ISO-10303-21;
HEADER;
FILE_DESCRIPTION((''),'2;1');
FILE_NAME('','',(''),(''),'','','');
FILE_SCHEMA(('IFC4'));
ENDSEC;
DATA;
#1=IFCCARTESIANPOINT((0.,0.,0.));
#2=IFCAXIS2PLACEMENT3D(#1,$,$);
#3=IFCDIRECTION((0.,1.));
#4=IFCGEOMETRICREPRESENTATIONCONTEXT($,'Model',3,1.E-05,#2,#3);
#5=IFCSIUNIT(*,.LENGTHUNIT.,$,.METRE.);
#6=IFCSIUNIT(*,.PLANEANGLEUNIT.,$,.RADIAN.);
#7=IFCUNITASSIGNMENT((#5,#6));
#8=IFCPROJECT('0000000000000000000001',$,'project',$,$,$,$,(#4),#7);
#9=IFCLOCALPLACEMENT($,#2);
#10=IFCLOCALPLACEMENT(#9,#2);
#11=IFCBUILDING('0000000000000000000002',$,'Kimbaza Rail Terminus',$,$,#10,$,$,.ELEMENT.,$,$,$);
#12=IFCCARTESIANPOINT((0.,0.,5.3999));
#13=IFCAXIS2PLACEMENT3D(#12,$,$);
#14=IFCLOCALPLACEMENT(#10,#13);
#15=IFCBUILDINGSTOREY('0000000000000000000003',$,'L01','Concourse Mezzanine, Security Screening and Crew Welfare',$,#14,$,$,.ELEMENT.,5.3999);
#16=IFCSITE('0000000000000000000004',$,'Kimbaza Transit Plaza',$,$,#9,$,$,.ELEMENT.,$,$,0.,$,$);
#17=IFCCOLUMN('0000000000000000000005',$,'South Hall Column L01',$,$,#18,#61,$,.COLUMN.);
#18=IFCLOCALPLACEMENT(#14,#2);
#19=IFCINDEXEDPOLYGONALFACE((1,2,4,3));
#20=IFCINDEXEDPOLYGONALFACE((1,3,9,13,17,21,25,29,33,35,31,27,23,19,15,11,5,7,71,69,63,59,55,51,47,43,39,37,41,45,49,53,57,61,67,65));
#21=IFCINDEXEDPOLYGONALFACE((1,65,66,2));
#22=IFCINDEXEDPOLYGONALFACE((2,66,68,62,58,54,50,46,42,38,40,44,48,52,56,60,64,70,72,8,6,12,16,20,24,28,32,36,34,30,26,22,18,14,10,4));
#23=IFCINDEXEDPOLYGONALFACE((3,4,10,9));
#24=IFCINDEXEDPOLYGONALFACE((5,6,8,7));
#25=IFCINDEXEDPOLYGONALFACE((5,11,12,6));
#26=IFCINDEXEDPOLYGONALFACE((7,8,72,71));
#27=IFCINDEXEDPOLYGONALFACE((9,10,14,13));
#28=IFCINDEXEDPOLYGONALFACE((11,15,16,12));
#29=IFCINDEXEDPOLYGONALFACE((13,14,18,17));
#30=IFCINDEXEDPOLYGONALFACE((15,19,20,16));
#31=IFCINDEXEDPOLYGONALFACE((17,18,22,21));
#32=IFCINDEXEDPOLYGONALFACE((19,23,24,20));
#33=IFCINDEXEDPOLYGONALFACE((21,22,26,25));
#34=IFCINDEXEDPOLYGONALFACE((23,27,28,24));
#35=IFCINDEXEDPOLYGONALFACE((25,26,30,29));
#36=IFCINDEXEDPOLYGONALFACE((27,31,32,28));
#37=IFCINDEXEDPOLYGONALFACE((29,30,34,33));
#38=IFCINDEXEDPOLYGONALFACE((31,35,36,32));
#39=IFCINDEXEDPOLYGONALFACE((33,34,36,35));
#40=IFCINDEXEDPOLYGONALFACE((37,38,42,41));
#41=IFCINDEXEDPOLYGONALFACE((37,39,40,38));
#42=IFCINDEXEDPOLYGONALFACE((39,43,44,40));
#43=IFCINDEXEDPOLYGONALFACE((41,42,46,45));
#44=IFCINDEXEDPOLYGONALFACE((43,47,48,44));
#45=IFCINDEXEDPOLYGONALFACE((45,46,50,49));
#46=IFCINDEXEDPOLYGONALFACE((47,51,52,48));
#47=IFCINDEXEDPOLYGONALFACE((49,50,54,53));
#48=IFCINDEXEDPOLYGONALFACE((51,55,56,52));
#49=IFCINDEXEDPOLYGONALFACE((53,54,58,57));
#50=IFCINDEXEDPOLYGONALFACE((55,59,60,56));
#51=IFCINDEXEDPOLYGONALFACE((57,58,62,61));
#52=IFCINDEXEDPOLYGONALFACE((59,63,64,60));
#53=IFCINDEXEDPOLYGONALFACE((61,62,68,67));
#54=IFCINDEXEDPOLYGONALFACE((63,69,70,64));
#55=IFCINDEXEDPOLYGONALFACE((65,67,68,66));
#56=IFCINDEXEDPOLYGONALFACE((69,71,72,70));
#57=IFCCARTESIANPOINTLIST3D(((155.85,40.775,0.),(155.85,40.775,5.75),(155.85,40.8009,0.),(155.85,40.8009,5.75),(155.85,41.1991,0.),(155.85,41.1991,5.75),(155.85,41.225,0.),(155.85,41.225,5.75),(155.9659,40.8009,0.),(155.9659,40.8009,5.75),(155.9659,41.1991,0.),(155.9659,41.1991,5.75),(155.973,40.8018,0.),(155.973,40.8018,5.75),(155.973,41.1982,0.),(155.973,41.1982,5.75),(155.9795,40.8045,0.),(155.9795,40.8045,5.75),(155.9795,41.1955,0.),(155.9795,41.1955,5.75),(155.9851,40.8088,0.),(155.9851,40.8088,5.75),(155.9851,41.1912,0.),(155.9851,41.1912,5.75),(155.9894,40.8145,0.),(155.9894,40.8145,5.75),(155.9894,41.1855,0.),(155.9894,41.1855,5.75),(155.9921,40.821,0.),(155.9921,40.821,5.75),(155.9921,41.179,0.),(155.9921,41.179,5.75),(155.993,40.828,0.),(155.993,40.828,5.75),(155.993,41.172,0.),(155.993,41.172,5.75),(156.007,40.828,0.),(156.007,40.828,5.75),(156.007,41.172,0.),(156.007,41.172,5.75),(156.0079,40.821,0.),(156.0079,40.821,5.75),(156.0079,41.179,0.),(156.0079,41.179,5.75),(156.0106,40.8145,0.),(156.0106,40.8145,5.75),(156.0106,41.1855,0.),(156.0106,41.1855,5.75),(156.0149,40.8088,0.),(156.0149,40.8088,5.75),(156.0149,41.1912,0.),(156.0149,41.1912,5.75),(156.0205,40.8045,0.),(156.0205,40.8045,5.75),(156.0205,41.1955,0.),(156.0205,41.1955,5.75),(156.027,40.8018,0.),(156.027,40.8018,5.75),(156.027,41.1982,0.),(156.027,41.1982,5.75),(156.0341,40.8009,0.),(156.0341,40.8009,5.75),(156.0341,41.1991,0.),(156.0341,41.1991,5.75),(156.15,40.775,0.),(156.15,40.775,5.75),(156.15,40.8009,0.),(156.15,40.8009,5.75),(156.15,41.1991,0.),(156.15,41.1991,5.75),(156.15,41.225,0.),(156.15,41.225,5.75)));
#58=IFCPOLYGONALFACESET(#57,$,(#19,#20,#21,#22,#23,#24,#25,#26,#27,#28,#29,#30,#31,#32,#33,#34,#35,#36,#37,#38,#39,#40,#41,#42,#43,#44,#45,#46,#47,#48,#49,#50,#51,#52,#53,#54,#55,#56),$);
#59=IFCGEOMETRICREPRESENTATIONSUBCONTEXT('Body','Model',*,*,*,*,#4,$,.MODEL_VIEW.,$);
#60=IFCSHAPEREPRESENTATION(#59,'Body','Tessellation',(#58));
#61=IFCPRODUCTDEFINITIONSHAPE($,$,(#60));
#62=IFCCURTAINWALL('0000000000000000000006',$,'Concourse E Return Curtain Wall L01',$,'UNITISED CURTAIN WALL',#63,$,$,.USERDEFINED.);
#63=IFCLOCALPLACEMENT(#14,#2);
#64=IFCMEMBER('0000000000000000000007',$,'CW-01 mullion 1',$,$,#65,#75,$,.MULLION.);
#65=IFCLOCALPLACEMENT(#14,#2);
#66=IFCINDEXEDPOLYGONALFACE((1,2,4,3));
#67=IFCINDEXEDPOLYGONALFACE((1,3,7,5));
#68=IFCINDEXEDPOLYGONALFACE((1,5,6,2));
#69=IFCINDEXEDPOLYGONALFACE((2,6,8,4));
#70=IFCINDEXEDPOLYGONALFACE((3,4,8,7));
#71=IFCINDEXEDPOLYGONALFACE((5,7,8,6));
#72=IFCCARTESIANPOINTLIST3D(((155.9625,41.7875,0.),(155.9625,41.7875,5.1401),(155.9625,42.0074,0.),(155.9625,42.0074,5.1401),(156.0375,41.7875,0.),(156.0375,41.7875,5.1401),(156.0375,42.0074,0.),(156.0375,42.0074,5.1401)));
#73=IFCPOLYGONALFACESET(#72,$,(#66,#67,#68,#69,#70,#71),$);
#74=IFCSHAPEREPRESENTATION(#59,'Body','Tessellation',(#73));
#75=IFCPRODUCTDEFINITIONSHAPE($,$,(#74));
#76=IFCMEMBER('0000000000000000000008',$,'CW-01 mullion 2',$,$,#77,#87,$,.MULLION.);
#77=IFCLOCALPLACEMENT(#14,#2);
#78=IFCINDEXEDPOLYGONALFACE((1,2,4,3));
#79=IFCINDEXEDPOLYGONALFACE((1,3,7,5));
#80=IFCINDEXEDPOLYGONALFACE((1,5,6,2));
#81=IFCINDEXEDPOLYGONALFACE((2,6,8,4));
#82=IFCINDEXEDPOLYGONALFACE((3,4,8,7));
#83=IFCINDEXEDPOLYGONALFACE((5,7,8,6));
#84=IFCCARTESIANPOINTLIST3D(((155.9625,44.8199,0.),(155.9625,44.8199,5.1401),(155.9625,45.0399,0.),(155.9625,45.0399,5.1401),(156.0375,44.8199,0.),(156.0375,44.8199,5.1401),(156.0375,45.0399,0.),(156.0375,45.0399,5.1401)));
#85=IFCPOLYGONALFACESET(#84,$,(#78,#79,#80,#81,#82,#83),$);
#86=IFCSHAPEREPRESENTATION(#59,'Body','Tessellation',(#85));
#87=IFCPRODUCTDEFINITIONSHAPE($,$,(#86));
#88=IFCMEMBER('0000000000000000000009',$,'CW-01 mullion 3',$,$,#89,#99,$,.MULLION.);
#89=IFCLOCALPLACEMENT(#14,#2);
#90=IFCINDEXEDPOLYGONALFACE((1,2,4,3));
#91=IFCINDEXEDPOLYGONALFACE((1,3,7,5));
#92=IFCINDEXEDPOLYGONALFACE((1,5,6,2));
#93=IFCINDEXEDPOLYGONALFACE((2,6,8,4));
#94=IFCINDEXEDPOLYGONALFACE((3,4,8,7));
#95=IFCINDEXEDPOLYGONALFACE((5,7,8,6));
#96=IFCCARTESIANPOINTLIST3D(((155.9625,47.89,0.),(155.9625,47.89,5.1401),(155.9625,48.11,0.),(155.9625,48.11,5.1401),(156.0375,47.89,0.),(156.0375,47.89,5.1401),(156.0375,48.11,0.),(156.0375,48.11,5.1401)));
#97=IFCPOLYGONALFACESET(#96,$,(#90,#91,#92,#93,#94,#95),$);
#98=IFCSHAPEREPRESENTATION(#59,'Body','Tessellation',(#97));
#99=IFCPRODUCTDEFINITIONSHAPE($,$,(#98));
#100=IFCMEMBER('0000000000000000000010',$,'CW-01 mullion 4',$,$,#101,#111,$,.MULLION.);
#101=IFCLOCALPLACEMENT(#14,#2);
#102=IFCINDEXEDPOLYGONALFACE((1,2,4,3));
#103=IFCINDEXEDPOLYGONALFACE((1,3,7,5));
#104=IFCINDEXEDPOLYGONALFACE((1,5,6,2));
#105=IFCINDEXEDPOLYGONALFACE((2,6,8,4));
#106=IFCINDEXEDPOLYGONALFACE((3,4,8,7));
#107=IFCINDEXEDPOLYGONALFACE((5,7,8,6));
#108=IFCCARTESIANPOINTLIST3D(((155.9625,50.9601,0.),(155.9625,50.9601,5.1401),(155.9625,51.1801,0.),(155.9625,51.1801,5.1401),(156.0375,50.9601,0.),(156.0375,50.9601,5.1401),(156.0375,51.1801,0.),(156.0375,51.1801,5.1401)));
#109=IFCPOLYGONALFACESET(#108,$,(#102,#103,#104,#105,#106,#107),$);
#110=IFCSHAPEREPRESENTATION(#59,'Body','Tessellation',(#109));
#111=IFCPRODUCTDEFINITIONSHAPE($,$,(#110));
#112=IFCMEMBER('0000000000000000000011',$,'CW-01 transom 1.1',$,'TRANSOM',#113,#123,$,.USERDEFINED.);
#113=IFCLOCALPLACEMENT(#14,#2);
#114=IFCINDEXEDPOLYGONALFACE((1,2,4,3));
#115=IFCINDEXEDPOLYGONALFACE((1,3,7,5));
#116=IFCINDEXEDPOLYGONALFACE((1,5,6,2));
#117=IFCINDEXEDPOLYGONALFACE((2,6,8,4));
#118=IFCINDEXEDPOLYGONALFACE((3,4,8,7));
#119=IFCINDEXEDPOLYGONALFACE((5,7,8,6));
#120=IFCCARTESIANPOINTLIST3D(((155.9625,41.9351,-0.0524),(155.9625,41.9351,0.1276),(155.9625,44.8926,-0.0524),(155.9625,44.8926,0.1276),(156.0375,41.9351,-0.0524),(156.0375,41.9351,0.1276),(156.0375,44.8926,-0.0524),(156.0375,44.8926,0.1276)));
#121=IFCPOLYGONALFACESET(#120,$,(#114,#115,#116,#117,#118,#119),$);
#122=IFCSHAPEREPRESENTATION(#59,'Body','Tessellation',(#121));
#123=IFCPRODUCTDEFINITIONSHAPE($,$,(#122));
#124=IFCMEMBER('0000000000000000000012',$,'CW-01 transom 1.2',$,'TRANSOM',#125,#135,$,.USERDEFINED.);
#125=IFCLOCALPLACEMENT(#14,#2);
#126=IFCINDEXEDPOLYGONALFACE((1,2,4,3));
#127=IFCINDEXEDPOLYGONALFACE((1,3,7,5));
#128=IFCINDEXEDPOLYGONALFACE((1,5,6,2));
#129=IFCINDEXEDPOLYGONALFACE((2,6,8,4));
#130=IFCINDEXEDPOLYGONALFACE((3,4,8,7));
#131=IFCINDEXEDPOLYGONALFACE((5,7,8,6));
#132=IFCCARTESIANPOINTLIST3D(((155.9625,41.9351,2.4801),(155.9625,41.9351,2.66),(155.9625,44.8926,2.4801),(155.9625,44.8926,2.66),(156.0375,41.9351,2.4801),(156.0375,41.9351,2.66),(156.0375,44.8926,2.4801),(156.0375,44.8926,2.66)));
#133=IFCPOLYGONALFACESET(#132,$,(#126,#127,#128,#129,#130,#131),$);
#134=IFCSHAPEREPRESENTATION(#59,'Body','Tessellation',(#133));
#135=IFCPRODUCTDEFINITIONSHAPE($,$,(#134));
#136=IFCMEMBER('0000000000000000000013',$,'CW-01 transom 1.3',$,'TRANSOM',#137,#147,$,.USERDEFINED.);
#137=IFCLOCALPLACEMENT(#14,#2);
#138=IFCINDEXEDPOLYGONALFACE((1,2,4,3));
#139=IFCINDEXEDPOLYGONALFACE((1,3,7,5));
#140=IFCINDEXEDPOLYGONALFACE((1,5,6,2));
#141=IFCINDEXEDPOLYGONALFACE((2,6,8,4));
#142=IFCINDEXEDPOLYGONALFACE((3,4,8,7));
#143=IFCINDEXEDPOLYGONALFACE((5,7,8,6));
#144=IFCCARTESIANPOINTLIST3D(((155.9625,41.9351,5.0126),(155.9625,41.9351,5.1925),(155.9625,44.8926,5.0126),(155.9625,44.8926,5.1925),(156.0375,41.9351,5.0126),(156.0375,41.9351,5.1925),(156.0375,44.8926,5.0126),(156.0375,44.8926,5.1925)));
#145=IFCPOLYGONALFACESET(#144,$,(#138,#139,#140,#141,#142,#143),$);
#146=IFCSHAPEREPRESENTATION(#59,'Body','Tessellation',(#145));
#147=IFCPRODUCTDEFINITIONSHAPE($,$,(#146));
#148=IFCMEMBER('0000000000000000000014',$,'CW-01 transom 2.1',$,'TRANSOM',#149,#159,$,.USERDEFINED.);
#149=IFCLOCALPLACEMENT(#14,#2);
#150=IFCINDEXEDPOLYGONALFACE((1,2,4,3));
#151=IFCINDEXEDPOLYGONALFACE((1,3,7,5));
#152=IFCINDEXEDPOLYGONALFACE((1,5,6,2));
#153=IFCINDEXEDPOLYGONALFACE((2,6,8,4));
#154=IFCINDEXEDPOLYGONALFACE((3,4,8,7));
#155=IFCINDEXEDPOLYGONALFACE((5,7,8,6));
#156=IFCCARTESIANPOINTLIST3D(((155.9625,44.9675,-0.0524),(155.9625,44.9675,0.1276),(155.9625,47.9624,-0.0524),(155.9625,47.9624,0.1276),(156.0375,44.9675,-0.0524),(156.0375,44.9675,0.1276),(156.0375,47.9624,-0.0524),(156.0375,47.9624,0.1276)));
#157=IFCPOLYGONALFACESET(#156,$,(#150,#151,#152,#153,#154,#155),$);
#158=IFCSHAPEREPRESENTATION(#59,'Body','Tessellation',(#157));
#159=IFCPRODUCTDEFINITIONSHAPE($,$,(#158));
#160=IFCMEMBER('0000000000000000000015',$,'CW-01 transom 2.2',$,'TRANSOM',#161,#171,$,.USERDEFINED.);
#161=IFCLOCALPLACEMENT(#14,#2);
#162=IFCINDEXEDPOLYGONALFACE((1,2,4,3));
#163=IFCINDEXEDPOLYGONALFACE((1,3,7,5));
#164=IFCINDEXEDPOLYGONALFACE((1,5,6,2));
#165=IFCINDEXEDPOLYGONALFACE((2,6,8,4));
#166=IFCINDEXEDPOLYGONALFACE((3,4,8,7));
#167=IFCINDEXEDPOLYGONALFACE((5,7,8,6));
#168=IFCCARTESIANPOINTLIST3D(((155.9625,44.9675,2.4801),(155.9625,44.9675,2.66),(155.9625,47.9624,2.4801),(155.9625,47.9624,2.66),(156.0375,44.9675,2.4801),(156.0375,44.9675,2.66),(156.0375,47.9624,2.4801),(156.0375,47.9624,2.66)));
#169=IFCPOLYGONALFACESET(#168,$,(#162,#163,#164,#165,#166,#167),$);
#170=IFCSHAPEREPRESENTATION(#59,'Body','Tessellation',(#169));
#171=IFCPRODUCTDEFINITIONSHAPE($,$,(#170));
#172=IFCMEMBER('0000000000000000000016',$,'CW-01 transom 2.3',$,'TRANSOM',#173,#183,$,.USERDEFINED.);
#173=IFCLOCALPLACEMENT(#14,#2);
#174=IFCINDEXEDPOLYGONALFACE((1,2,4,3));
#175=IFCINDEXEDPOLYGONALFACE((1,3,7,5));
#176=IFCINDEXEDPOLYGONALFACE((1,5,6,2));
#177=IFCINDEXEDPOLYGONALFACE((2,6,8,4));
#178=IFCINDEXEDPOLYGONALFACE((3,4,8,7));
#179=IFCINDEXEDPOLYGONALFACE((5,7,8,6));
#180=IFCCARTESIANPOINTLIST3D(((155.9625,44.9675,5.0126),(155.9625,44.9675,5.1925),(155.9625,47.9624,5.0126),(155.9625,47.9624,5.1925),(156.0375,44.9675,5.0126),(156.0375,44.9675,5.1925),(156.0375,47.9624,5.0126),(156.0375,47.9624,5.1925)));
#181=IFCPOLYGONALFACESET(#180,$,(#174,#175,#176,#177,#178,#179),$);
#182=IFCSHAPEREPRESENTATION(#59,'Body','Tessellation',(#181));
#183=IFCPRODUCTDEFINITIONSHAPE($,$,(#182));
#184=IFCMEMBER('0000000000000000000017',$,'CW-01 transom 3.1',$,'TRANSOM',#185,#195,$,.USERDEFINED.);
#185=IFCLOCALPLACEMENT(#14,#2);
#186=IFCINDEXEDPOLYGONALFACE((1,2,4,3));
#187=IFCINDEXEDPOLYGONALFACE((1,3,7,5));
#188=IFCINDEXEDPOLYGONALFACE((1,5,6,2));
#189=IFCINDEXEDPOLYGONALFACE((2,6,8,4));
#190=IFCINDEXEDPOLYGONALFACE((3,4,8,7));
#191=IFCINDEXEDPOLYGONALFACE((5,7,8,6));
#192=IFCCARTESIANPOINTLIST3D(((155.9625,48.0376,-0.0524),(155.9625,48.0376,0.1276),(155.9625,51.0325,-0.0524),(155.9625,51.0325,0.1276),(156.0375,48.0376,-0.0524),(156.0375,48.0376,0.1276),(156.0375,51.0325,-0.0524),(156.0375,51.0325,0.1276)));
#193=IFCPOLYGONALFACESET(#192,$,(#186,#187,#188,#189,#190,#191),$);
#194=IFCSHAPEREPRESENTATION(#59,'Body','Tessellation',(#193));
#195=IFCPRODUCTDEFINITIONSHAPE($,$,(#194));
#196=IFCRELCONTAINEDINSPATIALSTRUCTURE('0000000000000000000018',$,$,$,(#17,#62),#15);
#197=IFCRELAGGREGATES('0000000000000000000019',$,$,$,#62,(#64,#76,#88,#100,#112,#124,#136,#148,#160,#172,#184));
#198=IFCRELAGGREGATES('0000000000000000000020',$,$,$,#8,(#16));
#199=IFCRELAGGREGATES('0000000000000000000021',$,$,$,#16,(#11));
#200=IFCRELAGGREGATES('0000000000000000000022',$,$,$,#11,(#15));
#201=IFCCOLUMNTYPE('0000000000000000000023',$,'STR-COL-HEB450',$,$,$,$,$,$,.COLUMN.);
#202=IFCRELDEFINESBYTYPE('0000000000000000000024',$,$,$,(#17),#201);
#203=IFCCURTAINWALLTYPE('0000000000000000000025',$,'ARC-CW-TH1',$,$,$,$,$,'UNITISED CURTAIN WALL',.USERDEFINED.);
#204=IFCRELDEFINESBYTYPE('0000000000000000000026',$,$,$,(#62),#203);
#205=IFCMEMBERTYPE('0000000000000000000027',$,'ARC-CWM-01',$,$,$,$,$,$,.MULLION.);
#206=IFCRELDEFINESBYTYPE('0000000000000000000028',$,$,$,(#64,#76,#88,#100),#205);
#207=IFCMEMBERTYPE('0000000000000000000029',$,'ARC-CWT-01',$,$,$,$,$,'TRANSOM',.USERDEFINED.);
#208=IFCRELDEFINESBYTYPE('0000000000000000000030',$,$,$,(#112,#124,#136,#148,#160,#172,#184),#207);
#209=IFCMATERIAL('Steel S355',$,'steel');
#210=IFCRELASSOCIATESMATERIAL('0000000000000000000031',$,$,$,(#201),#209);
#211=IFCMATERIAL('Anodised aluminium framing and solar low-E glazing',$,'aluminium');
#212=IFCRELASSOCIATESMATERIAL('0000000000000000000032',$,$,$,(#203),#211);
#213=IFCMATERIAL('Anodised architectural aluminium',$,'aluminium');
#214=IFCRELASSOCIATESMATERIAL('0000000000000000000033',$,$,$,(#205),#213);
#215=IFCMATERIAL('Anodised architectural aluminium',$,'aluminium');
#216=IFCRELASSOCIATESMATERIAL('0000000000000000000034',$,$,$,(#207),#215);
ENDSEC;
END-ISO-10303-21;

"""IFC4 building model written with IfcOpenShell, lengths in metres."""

from ifc_helpers import new_model, si_unit, direction, frame, origin, origin_2d, place, context, subcontext, project, spatial, rectangle, i_section, extrude, material, material_profile, profile_set, type_object, element, aggregate, save


model = new_model("IFC4")

# Units and contexts
model_context = context("Model", 3, precision=1e-05, world=origin(), true_north=direction((0.0, 1.0)))
body_context = subcontext(model_context, "Body", "Model", "MODEL_VIEW")
ifc_project = project(units=[si_unit("LENGTHUNIT", "METRE"), si_unit("PLANEANGLEUNIT", "RADIAN")], contexts=[model_context])

# Site, building, storey
site_placement = place(None, origin())
site = spatial("IfcSite", under=ifc_project, at=site_placement, Name="Kimbaza Transit Plaza", CompositionType="ELEMENT", RefElevation=0.0)
building_placement = place(site_placement, origin())
building = spatial("IfcBuilding", under=site, at=building_placement, Name="Kimbaza Rail Terminus", CompositionType="ELEMENT")
storey_placement = place(building_placement, frame((0.0, 0.0, 5.3999)))
storey = spatial("IfcBuildingStorey", under=building, at=storey_placement, Name="L01", Description="Concourse Mezzanine, Security Screening and Crew Welfare", CompositionType="ELEMENT", Elevation=5.3999)

# Column
ifc_material_1 = material(Name="Steel S355", Category="steel")
ifc_material_profile_1 = material_profile(ifc_material_1, i_section(OverallWidth=0.3, OverallDepth=0.45, WebThickness=0.0139, FlangeThickness=0.0259, FilletRadius=0.0271, at=origin_2d()), Name="HEB 450")
ifc_profile_set_1 = profile_set([ifc_material_profile_1], Name="Steel S355")
column_type = type_object("IfcColumnType", Name="STR-COL-HEB450", PredefinedType="COLUMN", material=ifc_profile_set_1)
column_placement = place(storey_placement, frame((156.0, 41.0, 0.0), z_axis=(0.0, 0.0, 1.0), x_axis=(1.0, 0.0, 0.0)))
element("IfcColumn", 1, at=column_placement, inside=storey, type_object=column_type, Name="South Hall Column L01", PredefinedType="COLUMN", context=body_context, shape_type="SweptSolid", body=[
    extrude(i_section(OverallWidth=0.3, OverallDepth=0.45, WebThickness=0.0139, FlangeThickness=0.0259, FilletRadius=0.0271, at=origin_2d()), origin(), (0.0, 0.0, 1.0), 5.75),
])

# Curtain wall, members
ifc_material_2 = material(Name="Anodised aluminium framing and solar low-E glazing", Category="aluminium")
curtain_wall_type = type_object("IfcCurtainWallType", Name="ARC-CW-TH1", ElementType="UNITISED CURTAIN WALL", PredefinedType="USERDEFINED", material=ifc_material_2)
curtain_wall_placement = place(storey_placement, origin())
curtain_wall = element("IfcCurtainWall", 2, at=curtain_wall_placement, inside=storey, type_object=curtain_wall_type, Name="Concourse E Return Curtain Wall L01", ObjectType="UNITISED CURTAIN WALL", PredefinedType="USERDEFINED")
ifc_material_3 = material(Name="Anodised architectural aluminium", Category="aluminium")
ifc_material_profile_2 = material_profile(ifc_material_3, rectangle(XDim=0.075, YDim=0.22, at=origin_2d()), Name="MULLION 75x220")
ifc_profile_set_2 = profile_set([ifc_material_profile_2], Name="Anodised architectural aluminium")
member_type_1 = type_object("IfcMemberType", Name="ARC-CWM-01", PredefinedType="MULLION", material=ifc_profile_set_2)
member_1_placement = place(storey_placement, frame((156.0, 41.8975, 0.0), z_axis=(0.0, 0.0, 1.0), x_axis=(-1.0, 0.0, 0.0)))
member_1 = element("IfcMember", 3, at=member_1_placement, type_object=member_type_1, Name="CW-01 mullion 1", PredefinedType="MULLION", context=body_context, shape_type="SweptSolid", body=[
    extrude(rectangle(XDim=0.075, YDim=0.22, at=origin_2d()), origin(), (0.0, 0.0, 1.0), 5.1401),
])
member_2_placement = place(storey_placement, frame((156.0, 44.9299, 0.0), z_axis=(0.0, 0.0, 1.0), x_axis=(-1.0, 0.0, 0.0)))
member_2 = element("IfcMember", 4, at=member_2_placement, type_object=member_type_1, Name="CW-01 mullion 2", PredefinedType="MULLION", context=body_context, shape_type="SweptSolid", body=[
    extrude(rectangle(XDim=0.075, YDim=0.22, at=origin_2d()), origin(), (0.0, 0.0, 1.0), 5.1401),
])
member_3_placement = place(storey_placement, frame((156.0, 48.0, 0.0), z_axis=(0.0, 0.0, 1.0), x_axis=(-1.0, 0.0, 0.0)))
member_3 = element("IfcMember", 5, at=member_3_placement, type_object=member_type_1, Name="CW-01 mullion 3", PredefinedType="MULLION", context=body_context, shape_type="SweptSolid", body=[
    extrude(rectangle(XDim=0.075, YDim=0.22, at=origin_2d()), origin(), (0.0, 0.0, 1.0), 5.1401),
])
member_4_placement = place(storey_placement, frame((156.0, 51.0701, 0.0), z_axis=(0.0, 0.0, 1.0), x_axis=(-1.0, 0.0, 0.0)))
member_4 = element("IfcMember", 6, at=member_4_placement, type_object=member_type_1, Name="CW-01 mullion 4", PredefinedType="MULLION", context=body_context, shape_type="SweptSolid", body=[
    extrude(rectangle(XDim=0.075, YDim=0.22, at=origin_2d()), origin(), (0.0, 0.0, 1.0), 5.1401),
])
ifc_material_4 = material(Name="Anodised architectural aluminium", Category="aluminium")
ifc_material_profile_3 = material_profile(ifc_material_4, rectangle(XDim=0.075, YDim=0.1799, at=origin_2d()), Name="TRANSOM 75x180")
ifc_profile_set_3 = profile_set([ifc_material_profile_3], Name="Anodised architectural aluminium")
member_type_2 = type_object("IfcMemberType", Name="ARC-CWT-01", ElementType="TRANSOM", PredefinedType="USERDEFINED", material=ifc_profile_set_3)
member_5_placement = place(storey_placement, frame((156.0, 41.9351, 0.0376), z_axis=(0.0, 1.0, 0.0), x_axis=(-1.0, 0.0, 0.0)))
member_5 = element("IfcMember", 7, at=member_5_placement, type_object=member_type_2, Name="CW-01 transom 1.1", ObjectType="TRANSOM", PredefinedType="USERDEFINED", context=body_context, shape_type="SweptSolid", body=[
    extrude(rectangle(XDim=0.075, YDim=0.1799, at=origin_2d()), origin(), (0.0, 0.0, 1.0), 2.9575),
])
member_6_placement = place(storey_placement, frame((156.0, 41.9351, 2.5701), z_axis=(0.0, 1.0, 0.0), x_axis=(-1.0, 0.0, 0.0)))
member_6 = element("IfcMember", 8, at=member_6_placement, type_object=member_type_2, Name="CW-01 transom 1.2", ObjectType="TRANSOM", PredefinedType="USERDEFINED", context=body_context, shape_type="SweptSolid", body=[
    extrude(rectangle(XDim=0.075, YDim=0.1799, at=origin_2d()), origin(), (0.0, 0.0, 1.0), 2.9575),
])
member_7_placement = place(storey_placement, frame((156.0, 41.9351, 5.1025), z_axis=(0.0, 1.0, 0.0), x_axis=(-1.0, 0.0, 0.0)))
member_7 = element("IfcMember", 9, at=member_7_placement, type_object=member_type_2, Name="CW-01 transom 1.3", ObjectType="TRANSOM", PredefinedType="USERDEFINED", context=body_context, shape_type="SweptSolid", body=[
    extrude(rectangle(XDim=0.075, YDim=0.1799, at=origin_2d()), origin(), (0.0, 0.0, 1.0), 2.9575),
])
member_8_placement = place(storey_placement, frame((156.0, 44.9675, 0.0376), z_axis=(0.0, 1.0, 0.0), x_axis=(-1.0, 0.0, 0.0)))
member_8 = element("IfcMember", 10, at=member_8_placement, type_object=member_type_2, Name="CW-01 transom 2.1", ObjectType="TRANSOM", PredefinedType="USERDEFINED", context=body_context, shape_type="SweptSolid", body=[
    extrude(rectangle(XDim=0.075, YDim=0.1799, at=origin_2d()), origin(), (0.0, 0.0, 1.0), 2.9949),
])
member_9_placement = place(storey_placement, frame((156.0, 44.9675, 2.5701), z_axis=(0.0, 1.0, 0.0), x_axis=(-1.0, 0.0, 0.0)))
member_9 = element("IfcMember", 11, at=member_9_placement, type_object=member_type_2, Name="CW-01 transom 2.2", ObjectType="TRANSOM", PredefinedType="USERDEFINED", context=body_context, shape_type="SweptSolid", body=[
    extrude(rectangle(XDim=0.075, YDim=0.1799, at=origin_2d()), origin(), (0.0, 0.0, 1.0), 2.9949),
])
member_10_placement = place(storey_placement, frame((156.0, 44.9675, 5.1025), z_axis=(0.0, 1.0, 0.0), x_axis=(-1.0, 0.0, 0.0)))
member_10 = element("IfcMember", 12, at=member_10_placement, type_object=member_type_2, Name="CW-01 transom 2.3", ObjectType="TRANSOM", PredefinedType="USERDEFINED", context=body_context, shape_type="SweptSolid", body=[
    extrude(rectangle(XDim=0.075, YDim=0.1799, at=origin_2d()), origin(), (0.0, 0.0, 1.0), 2.9949),
])
member_11_placement = place(storey_placement, frame((156.0, 48.0376, 0.0376), z_axis=(0.0, 1.0, 0.0), x_axis=(-1.0, 0.0, 0.0)))
member_11 = element("IfcMember", 13, at=member_11_placement, type_object=member_type_2, Name="CW-01 transom 3.1", ObjectType="TRANSOM", PredefinedType="USERDEFINED", context=body_context, shape_type="SweptSolid", body=[
    extrude(rectangle(XDim=0.075, YDim=0.1799, at=origin_2d()), origin(), (0.0, 0.0, 1.0), 2.9949),
])

aggregate(curtain_wall, [member_1, member_2, member_3, member_4, member_5, member_6, member_7, member_8, member_9, member_10, member_11])

save(model, "model.ifc")
